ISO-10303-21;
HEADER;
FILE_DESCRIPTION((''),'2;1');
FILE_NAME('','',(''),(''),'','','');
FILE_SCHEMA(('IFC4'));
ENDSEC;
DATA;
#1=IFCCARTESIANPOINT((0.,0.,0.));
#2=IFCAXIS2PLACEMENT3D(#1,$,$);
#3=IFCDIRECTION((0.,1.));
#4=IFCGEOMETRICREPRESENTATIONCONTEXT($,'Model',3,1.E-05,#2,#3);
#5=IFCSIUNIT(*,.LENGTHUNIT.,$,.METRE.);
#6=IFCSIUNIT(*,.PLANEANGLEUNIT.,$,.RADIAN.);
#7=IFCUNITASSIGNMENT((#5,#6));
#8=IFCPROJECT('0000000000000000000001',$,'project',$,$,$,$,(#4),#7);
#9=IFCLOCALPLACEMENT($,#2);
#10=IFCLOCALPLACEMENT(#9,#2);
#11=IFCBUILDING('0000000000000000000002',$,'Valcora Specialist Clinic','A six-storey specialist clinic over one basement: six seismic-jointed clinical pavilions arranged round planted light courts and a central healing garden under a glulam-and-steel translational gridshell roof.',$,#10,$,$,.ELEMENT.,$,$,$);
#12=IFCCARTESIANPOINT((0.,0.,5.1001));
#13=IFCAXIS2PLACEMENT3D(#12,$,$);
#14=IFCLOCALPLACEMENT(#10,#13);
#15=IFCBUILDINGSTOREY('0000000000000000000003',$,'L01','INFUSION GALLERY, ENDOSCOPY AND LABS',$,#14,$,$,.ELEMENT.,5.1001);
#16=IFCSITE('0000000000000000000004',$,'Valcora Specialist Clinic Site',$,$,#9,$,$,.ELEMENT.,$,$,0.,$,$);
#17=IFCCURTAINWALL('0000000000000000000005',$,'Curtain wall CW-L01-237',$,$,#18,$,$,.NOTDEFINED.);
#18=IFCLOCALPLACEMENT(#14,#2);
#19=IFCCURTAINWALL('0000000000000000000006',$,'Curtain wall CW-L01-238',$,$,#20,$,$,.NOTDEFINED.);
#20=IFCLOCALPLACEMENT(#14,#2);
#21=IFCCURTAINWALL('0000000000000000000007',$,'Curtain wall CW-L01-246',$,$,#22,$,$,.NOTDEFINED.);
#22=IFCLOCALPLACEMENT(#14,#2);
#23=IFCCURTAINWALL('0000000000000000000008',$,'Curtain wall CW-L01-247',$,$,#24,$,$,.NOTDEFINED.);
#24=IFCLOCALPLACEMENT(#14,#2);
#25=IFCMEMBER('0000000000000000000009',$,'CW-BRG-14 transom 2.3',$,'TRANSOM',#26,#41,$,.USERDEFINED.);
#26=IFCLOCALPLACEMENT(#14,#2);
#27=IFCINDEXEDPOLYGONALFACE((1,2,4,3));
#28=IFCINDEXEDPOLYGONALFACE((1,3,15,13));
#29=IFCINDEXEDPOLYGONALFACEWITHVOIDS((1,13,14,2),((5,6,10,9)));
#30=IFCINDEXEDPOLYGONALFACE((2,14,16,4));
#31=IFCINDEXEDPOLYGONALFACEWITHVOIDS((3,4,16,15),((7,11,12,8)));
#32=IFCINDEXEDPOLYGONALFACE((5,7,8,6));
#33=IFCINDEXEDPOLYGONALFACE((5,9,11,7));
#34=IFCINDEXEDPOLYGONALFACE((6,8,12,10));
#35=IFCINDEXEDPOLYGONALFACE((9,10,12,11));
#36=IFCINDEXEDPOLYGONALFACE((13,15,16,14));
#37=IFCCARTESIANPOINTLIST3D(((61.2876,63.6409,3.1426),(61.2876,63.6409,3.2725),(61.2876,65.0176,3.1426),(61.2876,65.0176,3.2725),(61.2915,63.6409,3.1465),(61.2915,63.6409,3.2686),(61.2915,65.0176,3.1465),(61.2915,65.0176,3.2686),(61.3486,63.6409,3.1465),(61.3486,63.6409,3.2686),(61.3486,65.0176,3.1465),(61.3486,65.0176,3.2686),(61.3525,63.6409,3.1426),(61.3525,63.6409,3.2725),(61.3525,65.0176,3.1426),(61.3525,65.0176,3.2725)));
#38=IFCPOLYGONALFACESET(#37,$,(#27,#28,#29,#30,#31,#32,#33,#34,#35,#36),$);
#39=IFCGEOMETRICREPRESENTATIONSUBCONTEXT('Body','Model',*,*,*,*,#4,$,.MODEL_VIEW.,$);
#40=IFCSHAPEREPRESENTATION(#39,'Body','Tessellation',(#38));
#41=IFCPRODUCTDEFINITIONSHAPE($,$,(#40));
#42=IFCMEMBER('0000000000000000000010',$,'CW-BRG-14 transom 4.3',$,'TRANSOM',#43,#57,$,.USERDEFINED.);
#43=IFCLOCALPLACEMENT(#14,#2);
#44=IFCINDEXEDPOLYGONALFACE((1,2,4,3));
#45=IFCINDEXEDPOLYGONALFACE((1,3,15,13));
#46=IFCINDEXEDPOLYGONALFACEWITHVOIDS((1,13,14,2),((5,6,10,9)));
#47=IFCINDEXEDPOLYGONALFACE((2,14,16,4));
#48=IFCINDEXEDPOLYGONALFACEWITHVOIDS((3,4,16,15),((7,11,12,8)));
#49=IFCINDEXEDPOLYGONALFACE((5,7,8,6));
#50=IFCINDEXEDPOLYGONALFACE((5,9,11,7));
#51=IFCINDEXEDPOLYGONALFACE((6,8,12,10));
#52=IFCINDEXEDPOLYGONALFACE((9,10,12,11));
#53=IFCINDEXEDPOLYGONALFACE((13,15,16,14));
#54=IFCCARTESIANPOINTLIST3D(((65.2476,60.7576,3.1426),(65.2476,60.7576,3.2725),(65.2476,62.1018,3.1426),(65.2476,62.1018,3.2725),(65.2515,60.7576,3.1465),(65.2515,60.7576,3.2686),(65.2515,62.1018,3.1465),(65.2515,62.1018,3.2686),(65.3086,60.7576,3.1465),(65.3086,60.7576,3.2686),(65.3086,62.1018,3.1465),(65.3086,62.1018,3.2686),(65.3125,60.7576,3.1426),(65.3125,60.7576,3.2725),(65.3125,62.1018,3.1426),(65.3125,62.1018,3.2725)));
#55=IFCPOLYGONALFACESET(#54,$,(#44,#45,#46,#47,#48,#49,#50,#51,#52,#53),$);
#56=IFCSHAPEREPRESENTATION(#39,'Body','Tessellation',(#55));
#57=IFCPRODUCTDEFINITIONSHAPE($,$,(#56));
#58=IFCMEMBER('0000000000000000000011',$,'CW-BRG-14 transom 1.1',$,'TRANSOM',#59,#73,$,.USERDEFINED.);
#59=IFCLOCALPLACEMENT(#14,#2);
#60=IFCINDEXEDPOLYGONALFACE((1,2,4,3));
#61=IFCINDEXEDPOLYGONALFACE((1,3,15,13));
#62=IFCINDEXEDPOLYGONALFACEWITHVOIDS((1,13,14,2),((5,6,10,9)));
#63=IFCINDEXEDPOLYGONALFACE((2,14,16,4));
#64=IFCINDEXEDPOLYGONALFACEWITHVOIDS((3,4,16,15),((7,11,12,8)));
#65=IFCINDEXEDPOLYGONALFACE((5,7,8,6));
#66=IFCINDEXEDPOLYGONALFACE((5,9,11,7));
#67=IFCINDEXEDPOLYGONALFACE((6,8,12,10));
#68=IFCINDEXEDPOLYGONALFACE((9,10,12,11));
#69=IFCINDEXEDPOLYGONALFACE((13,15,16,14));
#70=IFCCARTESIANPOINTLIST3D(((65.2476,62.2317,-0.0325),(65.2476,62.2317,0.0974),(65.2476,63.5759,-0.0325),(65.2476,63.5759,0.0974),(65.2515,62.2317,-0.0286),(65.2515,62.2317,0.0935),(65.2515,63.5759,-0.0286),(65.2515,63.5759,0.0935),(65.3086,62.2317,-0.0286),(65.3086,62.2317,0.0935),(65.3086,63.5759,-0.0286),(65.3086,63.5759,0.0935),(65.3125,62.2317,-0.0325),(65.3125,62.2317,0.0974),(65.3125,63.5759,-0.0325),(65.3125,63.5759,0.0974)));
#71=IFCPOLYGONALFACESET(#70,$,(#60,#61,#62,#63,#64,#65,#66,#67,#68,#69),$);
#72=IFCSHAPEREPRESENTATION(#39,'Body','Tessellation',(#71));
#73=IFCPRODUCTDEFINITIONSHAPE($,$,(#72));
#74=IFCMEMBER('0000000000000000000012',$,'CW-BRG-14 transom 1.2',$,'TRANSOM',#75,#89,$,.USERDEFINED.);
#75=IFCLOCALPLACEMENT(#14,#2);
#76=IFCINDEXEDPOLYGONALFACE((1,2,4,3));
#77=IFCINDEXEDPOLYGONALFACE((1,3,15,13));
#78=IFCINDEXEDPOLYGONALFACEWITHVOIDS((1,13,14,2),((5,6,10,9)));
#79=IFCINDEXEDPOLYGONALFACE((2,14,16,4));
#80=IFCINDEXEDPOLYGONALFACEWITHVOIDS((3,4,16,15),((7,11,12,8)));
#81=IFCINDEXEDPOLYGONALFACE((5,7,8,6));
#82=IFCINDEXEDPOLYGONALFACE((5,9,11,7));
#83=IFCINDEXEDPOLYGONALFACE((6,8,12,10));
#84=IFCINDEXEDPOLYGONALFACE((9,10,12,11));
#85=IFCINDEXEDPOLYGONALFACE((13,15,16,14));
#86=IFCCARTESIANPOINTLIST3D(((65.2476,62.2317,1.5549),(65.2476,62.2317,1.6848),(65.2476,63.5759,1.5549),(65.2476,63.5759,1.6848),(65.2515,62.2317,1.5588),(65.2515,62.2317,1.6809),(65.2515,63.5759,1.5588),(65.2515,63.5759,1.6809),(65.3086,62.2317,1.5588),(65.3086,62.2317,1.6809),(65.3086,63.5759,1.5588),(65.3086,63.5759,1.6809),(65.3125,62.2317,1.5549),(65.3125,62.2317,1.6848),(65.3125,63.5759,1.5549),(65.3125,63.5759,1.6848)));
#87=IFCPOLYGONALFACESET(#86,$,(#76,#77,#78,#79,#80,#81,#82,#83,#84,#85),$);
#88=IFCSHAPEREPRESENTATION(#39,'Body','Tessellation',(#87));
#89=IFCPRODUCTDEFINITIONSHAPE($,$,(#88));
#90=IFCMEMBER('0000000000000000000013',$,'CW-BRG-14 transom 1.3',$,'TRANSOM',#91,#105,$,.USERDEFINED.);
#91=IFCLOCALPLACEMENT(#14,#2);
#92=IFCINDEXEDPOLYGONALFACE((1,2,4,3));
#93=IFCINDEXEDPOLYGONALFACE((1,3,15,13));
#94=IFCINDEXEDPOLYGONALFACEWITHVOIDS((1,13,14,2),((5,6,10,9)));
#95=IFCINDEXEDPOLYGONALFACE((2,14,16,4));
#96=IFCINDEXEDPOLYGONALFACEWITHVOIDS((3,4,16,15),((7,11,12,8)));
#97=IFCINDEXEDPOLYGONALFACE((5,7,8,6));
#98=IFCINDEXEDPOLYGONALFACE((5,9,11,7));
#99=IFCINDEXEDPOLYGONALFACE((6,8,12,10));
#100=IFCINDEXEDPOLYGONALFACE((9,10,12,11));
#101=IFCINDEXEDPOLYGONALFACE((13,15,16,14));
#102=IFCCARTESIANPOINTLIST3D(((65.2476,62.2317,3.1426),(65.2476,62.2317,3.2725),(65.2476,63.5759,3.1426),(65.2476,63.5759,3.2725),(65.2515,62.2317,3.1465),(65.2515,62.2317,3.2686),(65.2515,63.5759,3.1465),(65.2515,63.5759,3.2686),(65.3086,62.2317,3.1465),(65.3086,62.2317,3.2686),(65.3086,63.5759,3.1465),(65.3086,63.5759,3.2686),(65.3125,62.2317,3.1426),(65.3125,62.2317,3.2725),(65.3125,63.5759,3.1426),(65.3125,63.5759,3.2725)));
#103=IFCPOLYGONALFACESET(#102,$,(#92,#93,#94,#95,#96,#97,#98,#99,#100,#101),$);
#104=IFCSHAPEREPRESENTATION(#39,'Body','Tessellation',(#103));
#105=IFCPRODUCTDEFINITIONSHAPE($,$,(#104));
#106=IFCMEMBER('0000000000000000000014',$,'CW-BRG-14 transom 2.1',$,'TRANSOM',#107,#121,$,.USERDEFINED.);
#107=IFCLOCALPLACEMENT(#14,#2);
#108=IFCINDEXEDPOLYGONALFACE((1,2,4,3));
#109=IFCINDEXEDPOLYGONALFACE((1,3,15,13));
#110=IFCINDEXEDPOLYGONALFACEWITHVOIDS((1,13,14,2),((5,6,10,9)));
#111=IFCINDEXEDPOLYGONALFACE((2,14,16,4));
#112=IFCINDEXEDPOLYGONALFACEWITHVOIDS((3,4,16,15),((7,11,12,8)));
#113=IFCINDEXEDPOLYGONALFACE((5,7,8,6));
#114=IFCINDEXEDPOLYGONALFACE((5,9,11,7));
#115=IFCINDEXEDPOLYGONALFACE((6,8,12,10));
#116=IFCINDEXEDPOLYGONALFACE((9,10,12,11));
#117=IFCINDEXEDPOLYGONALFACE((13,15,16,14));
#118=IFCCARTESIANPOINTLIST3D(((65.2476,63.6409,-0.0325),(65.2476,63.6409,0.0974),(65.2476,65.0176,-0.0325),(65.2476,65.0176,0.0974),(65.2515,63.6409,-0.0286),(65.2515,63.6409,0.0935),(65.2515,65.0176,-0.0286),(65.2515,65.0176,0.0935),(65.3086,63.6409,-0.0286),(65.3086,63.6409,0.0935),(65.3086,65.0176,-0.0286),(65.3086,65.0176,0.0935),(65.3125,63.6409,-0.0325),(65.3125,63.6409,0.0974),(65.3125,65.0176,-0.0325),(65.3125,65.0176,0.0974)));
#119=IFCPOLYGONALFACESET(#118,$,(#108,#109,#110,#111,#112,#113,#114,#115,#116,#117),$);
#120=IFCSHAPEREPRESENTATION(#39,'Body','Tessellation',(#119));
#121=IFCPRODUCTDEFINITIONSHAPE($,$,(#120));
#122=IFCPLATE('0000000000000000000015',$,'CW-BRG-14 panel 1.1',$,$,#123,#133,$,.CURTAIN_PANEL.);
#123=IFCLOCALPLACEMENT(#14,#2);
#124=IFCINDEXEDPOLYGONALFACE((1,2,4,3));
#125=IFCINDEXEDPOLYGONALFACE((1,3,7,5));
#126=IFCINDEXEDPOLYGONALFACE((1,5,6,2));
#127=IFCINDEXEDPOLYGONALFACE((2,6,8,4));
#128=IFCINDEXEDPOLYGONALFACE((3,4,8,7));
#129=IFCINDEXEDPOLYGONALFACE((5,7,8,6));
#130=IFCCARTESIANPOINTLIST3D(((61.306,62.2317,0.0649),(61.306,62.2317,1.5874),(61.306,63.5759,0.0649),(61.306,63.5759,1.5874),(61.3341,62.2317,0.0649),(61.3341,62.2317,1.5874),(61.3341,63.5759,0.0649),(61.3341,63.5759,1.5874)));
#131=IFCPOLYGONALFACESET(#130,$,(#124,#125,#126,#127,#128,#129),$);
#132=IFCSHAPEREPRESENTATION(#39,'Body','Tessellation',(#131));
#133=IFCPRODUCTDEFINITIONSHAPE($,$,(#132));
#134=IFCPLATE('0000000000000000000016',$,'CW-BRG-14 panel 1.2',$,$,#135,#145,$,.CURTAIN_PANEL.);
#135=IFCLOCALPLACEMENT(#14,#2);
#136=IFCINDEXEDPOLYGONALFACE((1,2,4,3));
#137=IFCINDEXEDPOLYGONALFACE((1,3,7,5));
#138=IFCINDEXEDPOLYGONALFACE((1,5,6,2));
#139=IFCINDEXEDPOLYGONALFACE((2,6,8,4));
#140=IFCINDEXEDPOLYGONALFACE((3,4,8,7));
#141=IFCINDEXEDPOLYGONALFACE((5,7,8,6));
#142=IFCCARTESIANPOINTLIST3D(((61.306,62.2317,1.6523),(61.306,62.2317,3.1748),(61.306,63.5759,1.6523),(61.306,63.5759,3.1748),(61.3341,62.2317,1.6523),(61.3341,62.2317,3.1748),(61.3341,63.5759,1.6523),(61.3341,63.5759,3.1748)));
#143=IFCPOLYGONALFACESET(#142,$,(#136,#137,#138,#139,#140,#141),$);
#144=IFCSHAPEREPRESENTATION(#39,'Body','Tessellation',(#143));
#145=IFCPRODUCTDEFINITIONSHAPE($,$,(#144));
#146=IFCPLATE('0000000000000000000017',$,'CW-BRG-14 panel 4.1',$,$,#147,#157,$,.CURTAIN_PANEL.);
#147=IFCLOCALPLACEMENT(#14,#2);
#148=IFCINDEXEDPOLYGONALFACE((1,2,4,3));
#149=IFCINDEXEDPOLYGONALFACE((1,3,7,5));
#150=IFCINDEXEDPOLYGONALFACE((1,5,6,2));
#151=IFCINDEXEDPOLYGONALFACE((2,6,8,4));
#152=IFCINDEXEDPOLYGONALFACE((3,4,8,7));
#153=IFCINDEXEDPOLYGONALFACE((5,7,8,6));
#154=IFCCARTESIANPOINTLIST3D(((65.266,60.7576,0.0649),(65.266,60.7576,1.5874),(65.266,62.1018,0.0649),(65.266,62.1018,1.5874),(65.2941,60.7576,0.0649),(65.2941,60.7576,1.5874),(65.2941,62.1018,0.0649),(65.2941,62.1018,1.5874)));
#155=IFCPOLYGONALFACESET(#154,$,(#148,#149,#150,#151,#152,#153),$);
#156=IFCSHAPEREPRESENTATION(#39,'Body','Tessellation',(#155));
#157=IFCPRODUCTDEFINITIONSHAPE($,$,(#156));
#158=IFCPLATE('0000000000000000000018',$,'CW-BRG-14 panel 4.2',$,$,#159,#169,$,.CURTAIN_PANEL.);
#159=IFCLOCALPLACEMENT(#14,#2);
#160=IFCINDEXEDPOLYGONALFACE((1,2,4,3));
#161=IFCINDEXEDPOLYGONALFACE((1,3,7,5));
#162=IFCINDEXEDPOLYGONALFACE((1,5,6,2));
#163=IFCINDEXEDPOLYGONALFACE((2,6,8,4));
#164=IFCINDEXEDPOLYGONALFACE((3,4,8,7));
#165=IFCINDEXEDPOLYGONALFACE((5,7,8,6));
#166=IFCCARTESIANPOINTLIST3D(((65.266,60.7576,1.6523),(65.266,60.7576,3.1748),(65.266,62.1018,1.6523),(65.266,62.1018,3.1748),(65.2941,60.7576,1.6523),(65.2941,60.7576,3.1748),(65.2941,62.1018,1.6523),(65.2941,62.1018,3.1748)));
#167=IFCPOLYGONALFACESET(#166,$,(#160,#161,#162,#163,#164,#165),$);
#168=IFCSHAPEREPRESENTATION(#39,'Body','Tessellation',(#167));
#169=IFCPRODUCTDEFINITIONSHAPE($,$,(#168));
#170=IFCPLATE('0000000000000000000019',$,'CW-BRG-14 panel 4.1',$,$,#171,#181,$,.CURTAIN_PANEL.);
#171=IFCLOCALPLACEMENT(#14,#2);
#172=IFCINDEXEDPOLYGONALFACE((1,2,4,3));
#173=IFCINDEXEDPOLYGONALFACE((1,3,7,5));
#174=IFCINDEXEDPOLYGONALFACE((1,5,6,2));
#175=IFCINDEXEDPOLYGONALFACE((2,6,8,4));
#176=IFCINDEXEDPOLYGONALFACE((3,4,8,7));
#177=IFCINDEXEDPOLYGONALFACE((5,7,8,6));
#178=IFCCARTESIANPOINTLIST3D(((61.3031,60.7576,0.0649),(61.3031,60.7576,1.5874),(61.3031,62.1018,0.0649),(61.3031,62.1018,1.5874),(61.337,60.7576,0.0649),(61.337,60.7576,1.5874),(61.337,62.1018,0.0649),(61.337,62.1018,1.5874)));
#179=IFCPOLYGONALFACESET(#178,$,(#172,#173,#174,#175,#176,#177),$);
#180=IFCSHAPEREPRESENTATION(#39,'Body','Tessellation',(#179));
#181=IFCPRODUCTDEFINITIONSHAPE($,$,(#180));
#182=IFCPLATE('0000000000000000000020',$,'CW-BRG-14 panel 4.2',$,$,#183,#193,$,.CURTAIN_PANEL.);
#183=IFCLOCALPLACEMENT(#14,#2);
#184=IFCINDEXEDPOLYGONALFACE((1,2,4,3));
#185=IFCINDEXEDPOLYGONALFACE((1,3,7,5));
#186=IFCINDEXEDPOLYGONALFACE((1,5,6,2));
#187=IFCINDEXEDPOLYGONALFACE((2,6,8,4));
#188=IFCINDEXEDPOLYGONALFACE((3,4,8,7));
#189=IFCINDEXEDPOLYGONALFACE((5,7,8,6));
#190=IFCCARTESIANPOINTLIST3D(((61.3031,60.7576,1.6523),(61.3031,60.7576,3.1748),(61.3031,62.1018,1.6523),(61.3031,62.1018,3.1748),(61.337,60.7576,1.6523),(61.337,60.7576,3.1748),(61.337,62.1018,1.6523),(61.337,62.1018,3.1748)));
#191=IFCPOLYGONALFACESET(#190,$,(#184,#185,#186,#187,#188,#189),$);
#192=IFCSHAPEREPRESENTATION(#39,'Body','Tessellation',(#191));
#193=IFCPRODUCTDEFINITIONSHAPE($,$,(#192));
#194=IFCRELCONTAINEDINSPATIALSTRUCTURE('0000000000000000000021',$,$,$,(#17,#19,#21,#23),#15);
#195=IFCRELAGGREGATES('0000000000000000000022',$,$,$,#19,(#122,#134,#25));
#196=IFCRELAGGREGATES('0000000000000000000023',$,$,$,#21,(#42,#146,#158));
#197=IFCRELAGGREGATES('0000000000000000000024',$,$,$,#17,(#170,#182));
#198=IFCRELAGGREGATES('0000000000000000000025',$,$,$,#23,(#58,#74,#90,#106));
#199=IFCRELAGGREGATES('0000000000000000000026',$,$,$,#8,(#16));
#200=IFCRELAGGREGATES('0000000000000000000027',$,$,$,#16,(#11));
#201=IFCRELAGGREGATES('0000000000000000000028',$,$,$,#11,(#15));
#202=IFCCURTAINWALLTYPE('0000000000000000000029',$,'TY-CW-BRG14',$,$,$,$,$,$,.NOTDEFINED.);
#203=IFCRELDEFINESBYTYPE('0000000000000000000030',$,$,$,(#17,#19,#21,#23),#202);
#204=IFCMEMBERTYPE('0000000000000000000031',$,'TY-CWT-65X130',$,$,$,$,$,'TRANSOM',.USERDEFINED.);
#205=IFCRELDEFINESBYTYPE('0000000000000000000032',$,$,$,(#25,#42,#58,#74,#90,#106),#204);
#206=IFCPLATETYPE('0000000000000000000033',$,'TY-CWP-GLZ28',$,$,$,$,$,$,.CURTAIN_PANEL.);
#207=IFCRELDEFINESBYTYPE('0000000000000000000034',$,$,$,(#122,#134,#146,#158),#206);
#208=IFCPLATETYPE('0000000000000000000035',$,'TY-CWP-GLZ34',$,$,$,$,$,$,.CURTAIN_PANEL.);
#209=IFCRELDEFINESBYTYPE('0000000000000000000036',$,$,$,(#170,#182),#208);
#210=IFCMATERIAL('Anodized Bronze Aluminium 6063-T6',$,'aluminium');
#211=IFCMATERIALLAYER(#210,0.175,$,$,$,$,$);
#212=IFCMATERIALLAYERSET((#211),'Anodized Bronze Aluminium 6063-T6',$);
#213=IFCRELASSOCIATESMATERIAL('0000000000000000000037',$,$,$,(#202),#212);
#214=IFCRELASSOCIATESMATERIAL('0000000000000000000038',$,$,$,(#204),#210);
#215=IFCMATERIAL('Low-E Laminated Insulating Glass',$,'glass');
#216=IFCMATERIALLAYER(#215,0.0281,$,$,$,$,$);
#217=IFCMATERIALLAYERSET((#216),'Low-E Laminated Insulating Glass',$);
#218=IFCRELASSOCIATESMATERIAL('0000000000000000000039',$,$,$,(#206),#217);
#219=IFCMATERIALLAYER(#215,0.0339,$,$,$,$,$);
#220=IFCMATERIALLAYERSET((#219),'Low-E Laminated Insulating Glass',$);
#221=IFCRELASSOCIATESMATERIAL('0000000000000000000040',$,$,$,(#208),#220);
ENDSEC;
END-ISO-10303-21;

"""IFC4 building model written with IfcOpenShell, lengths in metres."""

from ifc_helpers import new_model, si_unit, direction, frame, origin, origin_2d, place, context, subcontext, project, spatial, rectangle, hollow_rectangle, extrude, material, layer, layer_set, material_profile, profile_set, type_object, element, aggregate, save


model = new_model("IFC4")

# Units and contexts
model_context = context("Model", 3, precision=1e-05, world=origin(), true_north=direction((0.0, 1.0)))
body_context = subcontext(model_context, "Body", "Model", "MODEL_VIEW")
ifc_project = project(units=[si_unit("LENGTHUNIT", "METRE"), si_unit("PLANEANGLEUNIT", "RADIAN")], contexts=[model_context])

# Site, building, storey
site_placement = place(None, origin())
site = spatial("IfcSite", under=ifc_project, at=site_placement, Name="Valcora Specialist Clinic Site", CompositionType="ELEMENT", RefElevation=0.0)
building_placement = place(site_placement, origin())
building = spatial("IfcBuilding", under=site, at=building_placement, Name="Valcora Specialist Clinic", Description="A six-storey specialist clinic over one basement: six seismic-jointed clinical pavilions arranged round planted light courts and a central healing garden under a glulam-and-steel translational gridshell roof.", CompositionType="ELEMENT")
storey_placement = place(building_placement, frame((0.0, 0.0, 5.1001)))
storey = spatial("IfcBuildingStorey", under=building, at=storey_placement, Name="L01", Description="INFUSION GALLERY, ENDOSCOPY AND LABS", CompositionType="ELEMENT", Elevation=5.1001)

# Curtain wall
ifc_material_1 = material(Name="Anodized Bronze Aluminium 6063-T6", Category="aluminium")
ifc_layer_1 = layer(ifc_material_1, 0.175)
ifc_layer_set_1 = layer_set([ifc_layer_1], Name="Anodized Bronze Aluminium 6063-T6")
curtain_wall_type = type_object("IfcCurtainWallType", Name="TY-CW-BRG14", PredefinedType="NOTDEFINED", material=ifc_layer_set_1)
curtain_wall_1_placement = place(storey_placement, origin())
curtain_wall_1 = element("IfcCurtainWall", 1, at=curtain_wall_1_placement, inside=storey, type_object=curtain_wall_type, Name="Curtain wall CW-L01-237", PredefinedType="NOTDEFINED")

# Curtain wall
curtain_wall_2_placement = place(storey_placement, origin())
curtain_wall_2 = element("IfcCurtainWall", 2, at=curtain_wall_2_placement, inside=storey, type_object=curtain_wall_type, Name="Curtain wall CW-L01-238", PredefinedType="NOTDEFINED")

# Curtain wall
curtain_wall_3_placement = place(storey_placement, origin())
curtain_wall_3 = element("IfcCurtainWall", 3, at=curtain_wall_3_placement, inside=storey, type_object=curtain_wall_type, Name="Curtain wall CW-L01-246", PredefinedType="NOTDEFINED")

# Curtain wall
curtain_wall_4_placement = place(storey_placement, origin())
curtain_wall_4 = element("IfcCurtainWall", 4, at=curtain_wall_4_placement, inside=storey, type_object=curtain_wall_type, Name="Curtain wall CW-L01-247", PredefinedType="NOTDEFINED")

# Members
ifc_material_profile_1 = material_profile(ifc_material_1, hollow_rectangle(XDim=0.0649, YDim=0.1299, WallThickness=0.0039, at=origin_2d()), Name="AL-TRN-65X130")
ifc_profile_set_1 = profile_set([ifc_material_profile_1], Name="Anodized Bronze Aluminium 6063-T6")
member_type_1 = type_object("IfcMemberType", Name="TY-CWT-65X130", ElementType="TRANSOM", PredefinedType="USERDEFINED", material=ifc_profile_set_1)
member_1_placement = place(storey_placement, frame((61.3201, 63.6409, 3.2075), z_axis=(0.0, 1.0, 0.0), x_axis=(-1.0, 0.0, 0.0)))
member_1 = element("IfcMember", 5, at=member_1_placement, type_object=member_type_1, Name="CW-BRG-14 transom 2.3", ObjectType="TRANSOM", PredefinedType="USERDEFINED", context=body_context, shape_type="SweptSolid", body=[
    extrude(hollow_rectangle(XDim=0.0649, YDim=0.1299, WallThickness=0.0039, at=origin_2d()), origin(), (0.0, 0.0, 1.0), 1.3767),
])
member_2_placement = place(storey_placement, frame((65.28, 60.7576, 3.2075), z_axis=(0.0, 1.0, 0.0), x_axis=(-1.0, 0.0, 0.0)))
member_2 = element("IfcMember", 6, at=member_2_placement, type_object=member_type_1, Name="CW-BRG-14 transom 4.3", ObjectType="TRANSOM", PredefinedType="USERDEFINED", context=body_context, shape_type="SweptSolid", body=[
    extrude(hollow_rectangle(XDim=0.0649, YDim=0.1299, WallThickness=0.0039, at=origin_2d()), origin(), (0.0, 0.0, 1.0), 1.3442),
])
member_3_placement = place(storey_placement, frame((65.28, 62.2317, 0.0325), z_axis=(0.0, 1.0, 0.0), x_axis=(-1.0, 0.0, 0.0)))
member_3 = element("IfcMember", 7, at=member_3_placement, type_object=member_type_1, Name="CW-BRG-14 transom 1.1", ObjectType="TRANSOM", PredefinedType="USERDEFINED", context=body_context, shape_type="SweptSolid", body=[
    extrude(hollow_rectangle(XDim=0.0649, YDim=0.1299, WallThickness=0.0039, at=origin_2d()), origin(), (0.0, 0.0, 1.0), 1.3442),
])
member_4_placement = place(storey_placement, frame((65.28, 62.2317, 1.6199), z_axis=(0.0, 1.0, 0.0), x_axis=(-1.0, 0.0, 0.0)))
member_4 = element("IfcMember", 8, at=member_4_placement, type_object=member_type_1, Name="CW-BRG-14 transom 1.2", ObjectType="TRANSOM", PredefinedType="USERDEFINED", context=body_context, shape_type="SweptSolid", body=[
    extrude(hollow_rectangle(XDim=0.0649, YDim=0.1299, WallThickness=0.0039, at=origin_2d()), origin(), (0.0, 0.0, 1.0), 1.3442),
])
member_5_placement = place(storey_placement, frame((65.28, 62.2317, 3.2075), z_axis=(0.0, 1.0, 0.0), x_axis=(-1.0, 0.0, 0.0)))
member_5 = element("IfcMember", 9, at=member_5_placement, type_object=member_type_1, Name="CW-BRG-14 transom 1.3", ObjectType="TRANSOM", PredefinedType="USERDEFINED", context=body_context, shape_type="SweptSolid", body=[
    extrude(hollow_rectangle(XDim=0.0649, YDim=0.1299, WallThickness=0.0039, at=origin_2d()), origin(), (0.0, 0.0, 1.0), 1.3442),
])
member_6_placement = place(storey_placement, frame((65.28, 63.6409, 0.0325), z_axis=(0.0, 1.0, 0.0), x_axis=(-1.0, 0.0, 0.0)))
member_6 = element("IfcMember", 10, at=member_6_placement, type_object=member_type_1, Name="CW-BRG-14 transom 2.1", ObjectType="TRANSOM", PredefinedType="USERDEFINED", context=body_context, shape_type="SweptSolid", body=[
    extrude(hollow_rectangle(XDim=0.0649, YDim=0.1299, WallThickness=0.0039, at=origin_2d()), origin(), (0.0, 0.0, 1.0), 1.3767),
])

# Plates
ifc_material_2 = material(Name="Low-E Laminated Insulating Glass", Category="glass")
ifc_layer_2 = layer(ifc_material_2, 0.0281)
ifc_layer_set_2 = layer_set([ifc_layer_2], Name="Low-E Laminated Insulating Glass")
plate_type_1 = type_object("IfcPlateType", Name="TY-CWP-GLZ28", PredefinedType="CURTAIN_PANEL", material=ifc_layer_set_2)
plate_1_placement = place(storey_placement, frame((61.3201, 62.9038, 0.0649), z_axis=(0.0, 0.0, 1.0), x_axis=(0.0, 1.0, 0.0)))
plate_1 = element("IfcPlate", 11, at=plate_1_placement, type_object=plate_type_1, Name="CW-BRG-14 panel 1.1", PredefinedType="CURTAIN_PANEL", context=body_context, shape_type="SweptSolid", body=[
    extrude(rectangle(XDim=1.3442, YDim=0.0281, at=origin_2d()), origin(), (0.0, 0.0, 1.0), 1.5225),
])
plate_2_placement = place(storey_placement, frame((61.3201, 62.9038, 1.6523), z_axis=(0.0, 0.0, 1.0), x_axis=(0.0, 1.0, 0.0)))
plate_2 = element("IfcPlate", 12, at=plate_2_placement, type_object=plate_type_1, Name="CW-BRG-14 panel 1.2", PredefinedType="CURTAIN_PANEL", context=body_context, shape_type="SweptSolid", body=[
    extrude(rectangle(XDim=1.3442, YDim=0.0281, at=origin_2d()), origin(), (0.0, 0.0, 1.0), 1.5225),
])
aggregate(curtain_wall_2, [plate_1, plate_2, member_1])
plate_3_placement = place(storey_placement, frame((65.28, 61.4297, 0.0649), z_axis=(0.0, 0.0, 1.0), x_axis=(0.0, 1.0, 0.0)))
plate_3 = element("IfcPlate", 13, at=plate_3_placement, type_object=plate_type_1, Name="CW-BRG-14 panel 4.1", PredefinedType="CURTAIN_PANEL", context=body_context, shape_type="SweptSolid", body=[
    extrude(rectangle(XDim=1.3442, YDim=0.0281, at=origin_2d()), origin(), (0.0, 0.0, 1.0), 1.5225),
])
plate_4_placement = place(storey_placement, frame((65.28, 61.4297, 1.6523), z_axis=(0.0, 0.0, 1.0), x_axis=(0.0, 1.0, 0.0)))
plate_4 = element("IfcPlate", 14, at=plate_4_placement, type_object=plate_type_1, Name="CW-BRG-14 panel 4.2", PredefinedType="CURTAIN_PANEL", context=body_context, shape_type="SweptSolid", body=[
    extrude(rectangle(XDim=1.3442, YDim=0.0281, at=origin_2d()), origin(), (0.0, 0.0, 1.0), 1.5225),
])
aggregate(curtain_wall_3, [member_2, plate_3, plate_4])
ifc_layer_3 = layer(ifc_material_2, 0.0339)
ifc_layer_set_3 = layer_set([ifc_layer_3], Name="Low-E Laminated Insulating Glass")
plate_type_2 = type_object("IfcPlateType", Name="TY-CWP-GLZ34", PredefinedType="CURTAIN_PANEL", material=ifc_layer_set_3)
plate_5_placement = place(storey_placement, frame((61.3201, 61.4297, 0.0649), z_axis=(0.0, 0.0, 1.0), x_axis=(0.0, 1.0, 0.0)))
plate_5 = element("IfcPlate", 15, at=plate_5_placement, type_object=plate_type_2, Name="CW-BRG-14 panel 4.1", PredefinedType="CURTAIN_PANEL", context=body_context, shape_type="SweptSolid", body=[
    extrude(rectangle(XDim=1.3442, YDim=0.0339, at=origin_2d()), origin(), (0.0, 0.0, 1.0), 1.5225),
])
plate_6_placement = place(storey_placement, frame((61.3201, 61.4297, 1.6523), z_axis=(0.0, 0.0, 1.0), x_axis=(0.0, 1.0, 0.0)))
plate_6 = element("IfcPlate", 16, at=plate_6_placement, type_object=plate_type_2, Name="CW-BRG-14 panel 4.2", PredefinedType="CURTAIN_PANEL", context=body_context, shape_type="SweptSolid", body=[
    extrude(rectangle(XDim=1.3442, YDim=0.0339, at=origin_2d()), origin(), (0.0, 0.0, 1.0), 1.5225),
])
aggregate(curtain_wall_1, [plate_5, plate_6])
aggregate(curtain_wall_4, [member_3, member_4, member_5, member_6])

save(model, "model.ifc")
